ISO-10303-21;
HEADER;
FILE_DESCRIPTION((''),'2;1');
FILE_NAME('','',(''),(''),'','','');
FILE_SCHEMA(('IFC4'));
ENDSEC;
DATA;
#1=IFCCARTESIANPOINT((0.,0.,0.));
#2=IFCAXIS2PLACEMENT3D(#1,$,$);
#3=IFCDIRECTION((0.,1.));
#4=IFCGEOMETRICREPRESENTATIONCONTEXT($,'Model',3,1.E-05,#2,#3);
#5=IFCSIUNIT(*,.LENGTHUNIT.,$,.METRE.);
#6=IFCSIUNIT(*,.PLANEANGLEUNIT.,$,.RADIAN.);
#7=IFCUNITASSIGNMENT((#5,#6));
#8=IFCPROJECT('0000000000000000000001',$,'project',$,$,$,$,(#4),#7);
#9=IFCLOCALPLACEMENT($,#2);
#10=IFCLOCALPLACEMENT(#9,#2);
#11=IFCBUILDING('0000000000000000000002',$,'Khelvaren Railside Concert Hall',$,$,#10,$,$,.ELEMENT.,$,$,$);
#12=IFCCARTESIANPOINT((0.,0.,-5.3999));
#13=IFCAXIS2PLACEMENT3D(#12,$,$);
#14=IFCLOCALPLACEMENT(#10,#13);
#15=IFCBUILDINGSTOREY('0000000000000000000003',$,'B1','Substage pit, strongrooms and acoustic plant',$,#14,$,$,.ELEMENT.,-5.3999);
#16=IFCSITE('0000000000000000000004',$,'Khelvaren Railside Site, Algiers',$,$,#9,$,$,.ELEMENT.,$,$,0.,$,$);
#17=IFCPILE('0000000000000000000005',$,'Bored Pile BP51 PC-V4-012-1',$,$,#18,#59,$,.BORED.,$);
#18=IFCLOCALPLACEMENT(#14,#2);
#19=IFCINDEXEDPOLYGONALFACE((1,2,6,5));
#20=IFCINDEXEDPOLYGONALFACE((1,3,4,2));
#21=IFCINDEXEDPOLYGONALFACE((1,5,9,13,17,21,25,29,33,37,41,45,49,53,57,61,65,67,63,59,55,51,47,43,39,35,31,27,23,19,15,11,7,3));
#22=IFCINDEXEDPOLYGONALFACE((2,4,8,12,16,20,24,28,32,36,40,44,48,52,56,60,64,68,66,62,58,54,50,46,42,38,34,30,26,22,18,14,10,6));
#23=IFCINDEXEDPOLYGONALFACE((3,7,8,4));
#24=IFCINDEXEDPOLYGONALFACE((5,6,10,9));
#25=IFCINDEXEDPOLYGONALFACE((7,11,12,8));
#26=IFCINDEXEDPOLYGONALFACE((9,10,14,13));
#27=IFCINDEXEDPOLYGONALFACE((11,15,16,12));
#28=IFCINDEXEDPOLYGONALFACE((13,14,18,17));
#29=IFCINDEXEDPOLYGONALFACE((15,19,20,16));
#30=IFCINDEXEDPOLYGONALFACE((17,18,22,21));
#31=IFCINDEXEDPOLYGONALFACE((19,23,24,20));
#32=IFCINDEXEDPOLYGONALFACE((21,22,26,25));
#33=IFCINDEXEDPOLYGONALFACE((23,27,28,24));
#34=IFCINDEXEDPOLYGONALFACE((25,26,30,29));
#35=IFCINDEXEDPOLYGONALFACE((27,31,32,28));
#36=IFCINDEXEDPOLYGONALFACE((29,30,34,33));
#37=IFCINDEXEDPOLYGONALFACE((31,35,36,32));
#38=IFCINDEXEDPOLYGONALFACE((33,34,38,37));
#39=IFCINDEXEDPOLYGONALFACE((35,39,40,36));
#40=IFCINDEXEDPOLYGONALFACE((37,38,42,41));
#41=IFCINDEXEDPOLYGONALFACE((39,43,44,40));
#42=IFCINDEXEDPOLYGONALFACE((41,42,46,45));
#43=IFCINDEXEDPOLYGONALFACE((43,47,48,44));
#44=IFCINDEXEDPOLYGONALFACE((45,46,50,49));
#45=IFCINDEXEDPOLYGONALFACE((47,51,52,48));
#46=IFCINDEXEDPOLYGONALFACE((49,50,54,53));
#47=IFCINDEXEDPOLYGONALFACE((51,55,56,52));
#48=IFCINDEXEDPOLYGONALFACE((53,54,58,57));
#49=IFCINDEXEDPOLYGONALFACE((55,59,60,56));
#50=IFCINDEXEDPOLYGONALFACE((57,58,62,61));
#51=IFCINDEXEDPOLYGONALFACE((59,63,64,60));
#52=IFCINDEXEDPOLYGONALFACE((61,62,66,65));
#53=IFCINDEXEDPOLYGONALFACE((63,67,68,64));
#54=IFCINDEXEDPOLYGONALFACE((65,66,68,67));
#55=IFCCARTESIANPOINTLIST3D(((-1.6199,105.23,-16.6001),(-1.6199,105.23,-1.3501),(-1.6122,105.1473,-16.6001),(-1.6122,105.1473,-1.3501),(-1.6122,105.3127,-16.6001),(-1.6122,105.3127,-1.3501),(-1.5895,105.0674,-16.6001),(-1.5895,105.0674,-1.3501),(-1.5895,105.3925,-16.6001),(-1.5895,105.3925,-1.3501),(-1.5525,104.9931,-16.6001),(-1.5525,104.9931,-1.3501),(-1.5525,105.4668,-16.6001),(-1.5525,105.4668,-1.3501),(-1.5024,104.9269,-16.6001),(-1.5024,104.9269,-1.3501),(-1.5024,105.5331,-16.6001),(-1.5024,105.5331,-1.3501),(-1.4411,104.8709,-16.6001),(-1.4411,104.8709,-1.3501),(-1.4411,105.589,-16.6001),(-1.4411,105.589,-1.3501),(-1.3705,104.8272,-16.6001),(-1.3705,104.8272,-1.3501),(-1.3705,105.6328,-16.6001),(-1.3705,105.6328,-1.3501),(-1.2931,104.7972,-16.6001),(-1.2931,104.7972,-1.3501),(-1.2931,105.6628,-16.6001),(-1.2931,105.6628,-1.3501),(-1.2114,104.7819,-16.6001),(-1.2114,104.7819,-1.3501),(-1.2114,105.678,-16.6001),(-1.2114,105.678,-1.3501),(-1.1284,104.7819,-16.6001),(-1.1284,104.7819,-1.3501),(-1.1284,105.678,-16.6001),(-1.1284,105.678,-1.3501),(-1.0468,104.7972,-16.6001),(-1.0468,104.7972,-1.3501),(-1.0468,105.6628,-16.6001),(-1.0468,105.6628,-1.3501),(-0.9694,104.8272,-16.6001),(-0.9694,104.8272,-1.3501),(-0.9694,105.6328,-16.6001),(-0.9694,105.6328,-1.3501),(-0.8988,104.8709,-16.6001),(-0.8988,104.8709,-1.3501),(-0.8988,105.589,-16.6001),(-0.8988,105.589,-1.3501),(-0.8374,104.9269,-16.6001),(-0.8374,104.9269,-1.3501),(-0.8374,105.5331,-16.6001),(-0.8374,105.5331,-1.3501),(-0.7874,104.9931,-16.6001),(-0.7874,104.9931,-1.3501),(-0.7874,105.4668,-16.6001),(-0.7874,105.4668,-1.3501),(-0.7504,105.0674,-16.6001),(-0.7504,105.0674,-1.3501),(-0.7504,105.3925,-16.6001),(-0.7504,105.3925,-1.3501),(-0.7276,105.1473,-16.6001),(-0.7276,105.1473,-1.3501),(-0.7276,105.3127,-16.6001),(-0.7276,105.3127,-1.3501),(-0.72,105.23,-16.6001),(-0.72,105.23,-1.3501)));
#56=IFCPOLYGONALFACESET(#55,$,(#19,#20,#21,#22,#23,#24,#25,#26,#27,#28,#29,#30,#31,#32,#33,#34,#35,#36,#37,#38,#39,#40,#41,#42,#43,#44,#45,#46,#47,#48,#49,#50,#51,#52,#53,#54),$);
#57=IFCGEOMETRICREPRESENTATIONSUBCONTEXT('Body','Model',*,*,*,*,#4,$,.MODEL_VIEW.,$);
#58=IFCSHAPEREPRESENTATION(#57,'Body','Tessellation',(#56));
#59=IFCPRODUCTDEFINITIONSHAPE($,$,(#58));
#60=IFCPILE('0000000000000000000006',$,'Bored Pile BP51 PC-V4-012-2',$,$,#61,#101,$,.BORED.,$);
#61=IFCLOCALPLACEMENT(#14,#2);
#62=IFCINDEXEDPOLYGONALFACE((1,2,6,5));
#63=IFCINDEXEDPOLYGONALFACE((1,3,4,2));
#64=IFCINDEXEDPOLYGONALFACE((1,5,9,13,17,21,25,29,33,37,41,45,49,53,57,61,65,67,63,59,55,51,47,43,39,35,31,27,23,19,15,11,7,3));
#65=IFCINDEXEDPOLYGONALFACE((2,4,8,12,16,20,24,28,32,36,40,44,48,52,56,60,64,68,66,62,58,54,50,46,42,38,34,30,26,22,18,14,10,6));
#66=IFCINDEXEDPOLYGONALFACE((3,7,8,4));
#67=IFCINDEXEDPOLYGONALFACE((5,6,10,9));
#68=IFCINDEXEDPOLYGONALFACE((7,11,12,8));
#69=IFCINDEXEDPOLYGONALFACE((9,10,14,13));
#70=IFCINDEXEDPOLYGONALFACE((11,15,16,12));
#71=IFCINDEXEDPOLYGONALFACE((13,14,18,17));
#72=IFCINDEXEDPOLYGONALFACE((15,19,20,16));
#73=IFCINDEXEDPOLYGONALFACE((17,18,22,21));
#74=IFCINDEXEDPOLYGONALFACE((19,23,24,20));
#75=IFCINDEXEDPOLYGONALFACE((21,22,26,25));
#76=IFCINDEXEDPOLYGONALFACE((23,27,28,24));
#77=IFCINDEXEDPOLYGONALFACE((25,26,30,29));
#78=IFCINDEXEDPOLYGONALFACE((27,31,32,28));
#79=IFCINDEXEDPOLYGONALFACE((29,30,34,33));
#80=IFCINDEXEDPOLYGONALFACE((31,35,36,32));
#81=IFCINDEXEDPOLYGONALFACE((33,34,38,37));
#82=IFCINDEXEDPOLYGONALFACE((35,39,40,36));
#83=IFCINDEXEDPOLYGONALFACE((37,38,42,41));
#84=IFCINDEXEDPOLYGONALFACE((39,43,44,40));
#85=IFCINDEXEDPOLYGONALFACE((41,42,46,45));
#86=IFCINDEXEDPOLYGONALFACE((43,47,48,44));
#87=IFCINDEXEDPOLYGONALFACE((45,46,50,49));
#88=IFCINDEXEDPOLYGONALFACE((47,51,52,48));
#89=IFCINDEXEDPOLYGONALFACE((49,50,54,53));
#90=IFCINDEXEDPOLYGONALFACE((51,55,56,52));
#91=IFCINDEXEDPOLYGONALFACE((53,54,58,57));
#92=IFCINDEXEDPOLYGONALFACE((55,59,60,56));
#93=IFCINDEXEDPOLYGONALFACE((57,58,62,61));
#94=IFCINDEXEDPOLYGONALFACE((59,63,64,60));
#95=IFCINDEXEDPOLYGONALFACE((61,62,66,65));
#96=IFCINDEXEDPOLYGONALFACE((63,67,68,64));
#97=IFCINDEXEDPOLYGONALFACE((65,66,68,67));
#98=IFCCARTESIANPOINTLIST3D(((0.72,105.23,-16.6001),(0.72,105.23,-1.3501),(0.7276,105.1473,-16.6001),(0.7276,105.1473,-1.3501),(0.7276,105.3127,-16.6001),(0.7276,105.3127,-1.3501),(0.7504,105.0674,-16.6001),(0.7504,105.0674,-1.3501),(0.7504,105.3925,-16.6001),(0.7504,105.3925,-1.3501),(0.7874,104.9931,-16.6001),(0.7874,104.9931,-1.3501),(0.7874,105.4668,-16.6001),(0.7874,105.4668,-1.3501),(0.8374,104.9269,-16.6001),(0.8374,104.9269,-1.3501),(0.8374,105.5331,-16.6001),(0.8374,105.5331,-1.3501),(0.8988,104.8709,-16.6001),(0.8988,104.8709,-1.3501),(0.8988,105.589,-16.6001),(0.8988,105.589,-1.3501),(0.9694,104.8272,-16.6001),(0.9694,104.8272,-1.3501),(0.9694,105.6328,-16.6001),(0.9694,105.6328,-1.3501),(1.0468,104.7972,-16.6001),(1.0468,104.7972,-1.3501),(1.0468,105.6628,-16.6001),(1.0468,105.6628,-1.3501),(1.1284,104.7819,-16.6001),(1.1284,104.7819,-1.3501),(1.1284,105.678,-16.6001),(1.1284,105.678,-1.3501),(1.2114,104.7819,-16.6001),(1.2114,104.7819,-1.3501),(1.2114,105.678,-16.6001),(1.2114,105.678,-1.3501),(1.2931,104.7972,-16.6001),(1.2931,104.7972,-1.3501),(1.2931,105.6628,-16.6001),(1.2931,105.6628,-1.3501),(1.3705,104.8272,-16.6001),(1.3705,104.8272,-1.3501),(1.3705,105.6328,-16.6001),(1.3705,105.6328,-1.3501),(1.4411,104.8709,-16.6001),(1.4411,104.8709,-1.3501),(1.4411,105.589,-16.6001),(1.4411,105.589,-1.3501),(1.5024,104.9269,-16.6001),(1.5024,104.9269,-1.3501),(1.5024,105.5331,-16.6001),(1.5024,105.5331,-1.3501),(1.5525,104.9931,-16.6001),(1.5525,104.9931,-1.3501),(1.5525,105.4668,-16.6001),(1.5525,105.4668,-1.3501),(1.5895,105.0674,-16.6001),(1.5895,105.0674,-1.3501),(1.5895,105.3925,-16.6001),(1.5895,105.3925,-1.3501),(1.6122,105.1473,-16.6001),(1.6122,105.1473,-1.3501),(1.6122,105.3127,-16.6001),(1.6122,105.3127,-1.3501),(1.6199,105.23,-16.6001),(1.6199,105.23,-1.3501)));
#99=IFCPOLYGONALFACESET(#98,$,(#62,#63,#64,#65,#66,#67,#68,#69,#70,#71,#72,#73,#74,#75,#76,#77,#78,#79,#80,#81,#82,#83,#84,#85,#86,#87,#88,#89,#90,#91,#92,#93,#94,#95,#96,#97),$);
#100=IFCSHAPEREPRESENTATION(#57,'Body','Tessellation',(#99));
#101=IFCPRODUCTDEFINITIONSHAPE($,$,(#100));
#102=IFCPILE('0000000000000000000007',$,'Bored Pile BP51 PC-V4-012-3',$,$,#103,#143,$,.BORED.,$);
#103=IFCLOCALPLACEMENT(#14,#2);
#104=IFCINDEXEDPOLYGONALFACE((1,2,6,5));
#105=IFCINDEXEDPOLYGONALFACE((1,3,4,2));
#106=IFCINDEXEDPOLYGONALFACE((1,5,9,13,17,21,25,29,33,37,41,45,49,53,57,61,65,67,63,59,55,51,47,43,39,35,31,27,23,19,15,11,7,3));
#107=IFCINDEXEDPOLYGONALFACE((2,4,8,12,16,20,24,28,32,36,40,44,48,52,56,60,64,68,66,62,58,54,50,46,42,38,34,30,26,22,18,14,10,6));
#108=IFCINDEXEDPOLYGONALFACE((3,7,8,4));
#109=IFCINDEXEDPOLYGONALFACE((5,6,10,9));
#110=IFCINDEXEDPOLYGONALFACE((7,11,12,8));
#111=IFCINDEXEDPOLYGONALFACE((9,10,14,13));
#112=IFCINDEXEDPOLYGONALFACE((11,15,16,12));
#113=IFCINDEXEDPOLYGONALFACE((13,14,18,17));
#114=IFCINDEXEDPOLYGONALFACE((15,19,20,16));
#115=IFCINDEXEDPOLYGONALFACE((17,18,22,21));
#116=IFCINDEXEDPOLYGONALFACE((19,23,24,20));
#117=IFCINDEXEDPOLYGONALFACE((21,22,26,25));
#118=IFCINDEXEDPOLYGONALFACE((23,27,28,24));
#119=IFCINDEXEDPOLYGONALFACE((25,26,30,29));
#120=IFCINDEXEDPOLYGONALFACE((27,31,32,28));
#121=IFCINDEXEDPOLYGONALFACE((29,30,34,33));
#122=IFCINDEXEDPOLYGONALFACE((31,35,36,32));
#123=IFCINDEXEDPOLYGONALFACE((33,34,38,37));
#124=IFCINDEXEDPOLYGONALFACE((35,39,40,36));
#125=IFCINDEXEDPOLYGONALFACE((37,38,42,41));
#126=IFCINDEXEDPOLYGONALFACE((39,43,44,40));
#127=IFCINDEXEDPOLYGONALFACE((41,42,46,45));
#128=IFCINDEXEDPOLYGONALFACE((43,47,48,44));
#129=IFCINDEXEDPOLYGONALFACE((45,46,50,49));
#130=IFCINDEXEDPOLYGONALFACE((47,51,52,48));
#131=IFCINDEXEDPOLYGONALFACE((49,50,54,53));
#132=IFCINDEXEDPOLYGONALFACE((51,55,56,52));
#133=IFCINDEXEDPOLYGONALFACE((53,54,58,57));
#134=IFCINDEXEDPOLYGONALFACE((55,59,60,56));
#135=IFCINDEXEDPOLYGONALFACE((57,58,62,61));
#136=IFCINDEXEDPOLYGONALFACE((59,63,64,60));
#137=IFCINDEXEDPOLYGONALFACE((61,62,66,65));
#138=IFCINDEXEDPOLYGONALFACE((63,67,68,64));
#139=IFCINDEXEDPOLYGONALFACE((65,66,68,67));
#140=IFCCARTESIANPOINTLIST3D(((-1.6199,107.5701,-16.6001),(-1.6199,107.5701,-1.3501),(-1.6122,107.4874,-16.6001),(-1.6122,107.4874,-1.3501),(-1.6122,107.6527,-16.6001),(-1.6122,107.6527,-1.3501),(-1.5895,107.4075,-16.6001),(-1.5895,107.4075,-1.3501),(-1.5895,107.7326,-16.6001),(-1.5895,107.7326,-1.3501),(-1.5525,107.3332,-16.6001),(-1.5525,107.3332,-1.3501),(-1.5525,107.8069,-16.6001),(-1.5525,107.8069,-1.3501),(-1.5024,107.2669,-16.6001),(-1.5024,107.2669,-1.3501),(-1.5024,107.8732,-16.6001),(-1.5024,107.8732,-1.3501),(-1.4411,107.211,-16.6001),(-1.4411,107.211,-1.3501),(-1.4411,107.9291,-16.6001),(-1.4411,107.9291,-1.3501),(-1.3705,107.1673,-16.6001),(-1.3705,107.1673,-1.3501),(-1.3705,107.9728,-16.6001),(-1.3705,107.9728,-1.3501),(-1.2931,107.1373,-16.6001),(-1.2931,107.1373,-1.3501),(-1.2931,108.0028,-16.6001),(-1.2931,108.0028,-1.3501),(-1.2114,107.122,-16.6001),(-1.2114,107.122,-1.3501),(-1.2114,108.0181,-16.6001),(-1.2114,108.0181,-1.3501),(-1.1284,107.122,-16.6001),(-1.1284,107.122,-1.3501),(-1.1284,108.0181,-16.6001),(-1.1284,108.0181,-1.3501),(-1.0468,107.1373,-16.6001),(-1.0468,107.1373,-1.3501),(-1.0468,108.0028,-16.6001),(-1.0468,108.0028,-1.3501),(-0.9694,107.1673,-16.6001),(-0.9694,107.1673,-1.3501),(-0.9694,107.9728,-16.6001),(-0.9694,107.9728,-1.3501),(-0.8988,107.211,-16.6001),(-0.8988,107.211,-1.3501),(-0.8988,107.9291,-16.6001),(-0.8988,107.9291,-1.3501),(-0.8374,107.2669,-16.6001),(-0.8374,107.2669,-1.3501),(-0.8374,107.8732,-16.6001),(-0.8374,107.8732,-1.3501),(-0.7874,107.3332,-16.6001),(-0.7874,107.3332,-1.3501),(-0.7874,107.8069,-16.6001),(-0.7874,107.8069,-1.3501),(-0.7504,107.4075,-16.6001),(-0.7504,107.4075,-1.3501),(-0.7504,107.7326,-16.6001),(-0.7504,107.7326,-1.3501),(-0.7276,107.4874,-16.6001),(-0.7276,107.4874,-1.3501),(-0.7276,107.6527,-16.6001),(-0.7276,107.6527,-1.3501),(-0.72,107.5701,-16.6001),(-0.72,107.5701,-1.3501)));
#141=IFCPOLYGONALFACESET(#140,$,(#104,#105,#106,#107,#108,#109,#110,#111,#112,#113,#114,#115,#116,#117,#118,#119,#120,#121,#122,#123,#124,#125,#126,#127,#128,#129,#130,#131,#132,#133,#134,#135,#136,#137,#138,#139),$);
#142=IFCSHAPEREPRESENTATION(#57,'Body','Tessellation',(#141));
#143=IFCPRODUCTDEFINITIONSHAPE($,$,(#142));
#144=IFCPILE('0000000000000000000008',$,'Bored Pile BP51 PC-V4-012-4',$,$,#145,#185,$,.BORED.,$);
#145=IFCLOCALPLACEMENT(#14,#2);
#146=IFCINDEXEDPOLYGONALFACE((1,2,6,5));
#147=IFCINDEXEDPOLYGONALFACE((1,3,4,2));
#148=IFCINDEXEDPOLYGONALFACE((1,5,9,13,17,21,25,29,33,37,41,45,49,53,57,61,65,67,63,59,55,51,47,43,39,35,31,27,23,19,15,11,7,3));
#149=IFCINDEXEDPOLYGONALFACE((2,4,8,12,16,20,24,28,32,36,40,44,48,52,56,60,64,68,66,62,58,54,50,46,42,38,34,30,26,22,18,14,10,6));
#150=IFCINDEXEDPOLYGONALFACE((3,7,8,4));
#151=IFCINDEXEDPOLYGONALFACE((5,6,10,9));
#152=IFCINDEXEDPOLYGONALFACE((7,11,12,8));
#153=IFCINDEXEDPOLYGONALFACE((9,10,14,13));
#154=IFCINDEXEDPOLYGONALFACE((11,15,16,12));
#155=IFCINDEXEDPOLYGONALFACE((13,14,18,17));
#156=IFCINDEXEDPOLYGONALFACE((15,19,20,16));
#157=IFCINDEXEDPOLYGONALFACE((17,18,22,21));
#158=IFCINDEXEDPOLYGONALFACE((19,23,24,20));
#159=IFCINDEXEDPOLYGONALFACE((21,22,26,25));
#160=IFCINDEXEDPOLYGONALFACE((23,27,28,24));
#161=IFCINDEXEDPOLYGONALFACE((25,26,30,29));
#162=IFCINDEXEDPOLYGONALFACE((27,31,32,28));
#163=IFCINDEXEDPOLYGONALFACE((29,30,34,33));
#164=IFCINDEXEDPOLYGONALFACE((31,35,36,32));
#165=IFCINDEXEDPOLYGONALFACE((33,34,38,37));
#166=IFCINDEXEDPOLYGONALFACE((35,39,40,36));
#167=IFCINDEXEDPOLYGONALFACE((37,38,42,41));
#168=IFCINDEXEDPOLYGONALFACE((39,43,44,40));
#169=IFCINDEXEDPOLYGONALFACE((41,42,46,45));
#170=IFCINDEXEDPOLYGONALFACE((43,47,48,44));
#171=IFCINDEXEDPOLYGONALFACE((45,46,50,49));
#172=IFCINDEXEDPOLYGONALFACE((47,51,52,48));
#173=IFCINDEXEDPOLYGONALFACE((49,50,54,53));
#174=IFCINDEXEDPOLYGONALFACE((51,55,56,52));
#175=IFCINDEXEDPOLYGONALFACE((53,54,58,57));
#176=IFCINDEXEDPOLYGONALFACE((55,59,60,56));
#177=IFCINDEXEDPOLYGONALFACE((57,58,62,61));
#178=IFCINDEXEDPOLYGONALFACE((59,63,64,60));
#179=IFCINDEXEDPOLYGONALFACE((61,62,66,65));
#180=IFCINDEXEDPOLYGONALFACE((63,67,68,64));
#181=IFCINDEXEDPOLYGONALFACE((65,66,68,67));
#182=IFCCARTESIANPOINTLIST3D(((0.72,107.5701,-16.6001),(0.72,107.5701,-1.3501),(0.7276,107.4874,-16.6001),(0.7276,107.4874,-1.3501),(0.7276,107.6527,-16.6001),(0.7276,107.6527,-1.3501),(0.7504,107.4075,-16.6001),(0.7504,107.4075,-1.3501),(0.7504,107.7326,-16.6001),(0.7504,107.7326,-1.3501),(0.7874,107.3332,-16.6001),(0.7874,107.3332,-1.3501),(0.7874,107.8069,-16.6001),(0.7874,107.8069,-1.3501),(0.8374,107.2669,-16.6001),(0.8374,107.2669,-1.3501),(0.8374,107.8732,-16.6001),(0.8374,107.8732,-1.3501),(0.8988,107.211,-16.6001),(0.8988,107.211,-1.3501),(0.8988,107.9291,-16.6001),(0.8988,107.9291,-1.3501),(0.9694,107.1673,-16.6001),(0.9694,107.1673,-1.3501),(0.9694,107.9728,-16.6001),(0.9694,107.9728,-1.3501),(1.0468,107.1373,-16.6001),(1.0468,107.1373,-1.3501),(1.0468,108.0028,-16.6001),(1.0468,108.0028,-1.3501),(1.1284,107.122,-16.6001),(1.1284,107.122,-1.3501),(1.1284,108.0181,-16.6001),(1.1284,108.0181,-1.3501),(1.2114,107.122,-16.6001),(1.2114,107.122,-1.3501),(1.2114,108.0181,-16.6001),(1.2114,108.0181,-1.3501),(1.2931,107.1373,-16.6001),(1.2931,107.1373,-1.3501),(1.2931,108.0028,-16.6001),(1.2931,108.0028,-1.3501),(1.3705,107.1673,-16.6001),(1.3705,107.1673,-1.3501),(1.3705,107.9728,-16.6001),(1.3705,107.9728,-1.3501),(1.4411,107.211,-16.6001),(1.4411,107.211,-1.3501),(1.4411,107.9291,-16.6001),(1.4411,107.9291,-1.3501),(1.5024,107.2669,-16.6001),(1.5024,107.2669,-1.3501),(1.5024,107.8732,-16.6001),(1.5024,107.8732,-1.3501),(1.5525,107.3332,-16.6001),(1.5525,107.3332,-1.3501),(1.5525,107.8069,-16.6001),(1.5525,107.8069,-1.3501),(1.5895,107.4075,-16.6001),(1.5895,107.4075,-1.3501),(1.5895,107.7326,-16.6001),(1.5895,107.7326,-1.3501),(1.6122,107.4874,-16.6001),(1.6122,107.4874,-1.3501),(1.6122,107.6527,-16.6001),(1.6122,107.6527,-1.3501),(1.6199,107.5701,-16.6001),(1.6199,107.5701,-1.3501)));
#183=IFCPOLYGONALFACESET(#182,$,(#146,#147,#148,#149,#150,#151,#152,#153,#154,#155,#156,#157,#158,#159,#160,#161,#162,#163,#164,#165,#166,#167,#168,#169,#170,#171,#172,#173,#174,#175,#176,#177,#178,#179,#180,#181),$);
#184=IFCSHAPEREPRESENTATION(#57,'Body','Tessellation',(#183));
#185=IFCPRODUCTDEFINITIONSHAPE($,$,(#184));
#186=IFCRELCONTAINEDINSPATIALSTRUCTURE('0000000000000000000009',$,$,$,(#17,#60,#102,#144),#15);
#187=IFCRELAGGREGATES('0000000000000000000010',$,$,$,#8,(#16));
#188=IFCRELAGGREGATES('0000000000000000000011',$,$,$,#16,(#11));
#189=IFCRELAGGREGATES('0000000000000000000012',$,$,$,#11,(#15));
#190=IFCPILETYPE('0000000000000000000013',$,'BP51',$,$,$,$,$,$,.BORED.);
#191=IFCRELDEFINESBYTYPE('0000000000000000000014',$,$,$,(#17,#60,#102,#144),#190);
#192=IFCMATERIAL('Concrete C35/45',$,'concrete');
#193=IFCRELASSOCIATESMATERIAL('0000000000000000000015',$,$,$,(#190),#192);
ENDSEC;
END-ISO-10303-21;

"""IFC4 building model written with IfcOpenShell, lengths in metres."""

from ifc_helpers import new_model, si_unit, direction, frame, origin, origin_2d, place, context, subcontext, project, spatial, circle, extrude, material, material_profile, profile_set, type_object, element, save


model = new_model("IFC4")

# Units and contexts
model_context = context("Model", 3, precision=1e-05, world=origin(), true_north=direction((0.0, 1.0)))
body_context = subcontext(model_context, "Body", "Model", "MODEL_VIEW")
ifc_project = project(units=[si_unit("LENGTHUNIT", "METRE"), si_unit("PLANEANGLEUNIT", "RADIAN")], contexts=[model_context])

# Site, building, storey
site_placement = place(None, origin())
site = spatial("IfcSite", under=ifc_project, at=site_placement, Name="Khelvaren Railside Site, Algiers", CompositionType="ELEMENT", RefElevation=0.0)
building_placement = place(site_placement, origin())
building = spatial("IfcBuilding", under=site, at=building_placement, Name="Khelvaren Railside Concert Hall", CompositionType="ELEMENT")
storey_placement = place(building_placement, frame((0.0, 0.0, -5.3999)))
storey = spatial("IfcBuildingStorey", under=building, at=storey_placement, Name="B1", Description="Substage pit, strongrooms and acoustic plant", CompositionType="ELEMENT", Elevation=-5.3999)

# Piles
ifc_material_1 = material(Name="Concrete C35/45", Category="concrete")
ifc_material_profile_1 = material_profile(ifc_material_1, circle(Radius=0.45, at=origin_2d()), Name="BP D900")
ifc_profile_set_1 = profile_set([ifc_material_profile_1], Name="Concrete C35/45")
pile_type_1 = type_object("IfcPileType", Name="BP51", PredefinedType="BORED", material=ifc_profile_set_1)
for number, where, z_axis, x_axis, name in (
    (1, (-1.1699, 105.23, -1.3501), (0.0, 0.0, -1.0), (1.0, 0.0, 0.0), "Bored Pile BP51 PC-V4-012-1"),
    (2, (1.1699, 105.23, -1.3501), (0.0, 0.0, -1.0), (1.0, 0.0, 0.0), "Bored Pile BP51 PC-V4-012-2"),
    (3, (-1.1699, 107.5701, -1.3501), (0.0, 0.0, -1.0), (1.0, 0.0, 0.0), "Bored Pile BP51 PC-V4-012-3"),
    (4, (1.1699, 107.5701, -1.3501), (0.0, 0.0, -1.0), (1.0, 0.0, 0.0), "Bored Pile BP51 PC-V4-012-4"),
):
    element("IfcPile", number, at=place(storey_placement, frame(where, z_axis=z_axis, x_axis=x_axis)), inside=storey, type_object=pile_type_1, Name=name, PredefinedType="BORED", context=body_context, shape_type="SweptSolid", body=[
        extrude(circle(Radius=0.45, at=origin_2d()), origin(), (0.0, 0.0, 1.0), 15.25),
    ])

save(model, "model.ifc")
